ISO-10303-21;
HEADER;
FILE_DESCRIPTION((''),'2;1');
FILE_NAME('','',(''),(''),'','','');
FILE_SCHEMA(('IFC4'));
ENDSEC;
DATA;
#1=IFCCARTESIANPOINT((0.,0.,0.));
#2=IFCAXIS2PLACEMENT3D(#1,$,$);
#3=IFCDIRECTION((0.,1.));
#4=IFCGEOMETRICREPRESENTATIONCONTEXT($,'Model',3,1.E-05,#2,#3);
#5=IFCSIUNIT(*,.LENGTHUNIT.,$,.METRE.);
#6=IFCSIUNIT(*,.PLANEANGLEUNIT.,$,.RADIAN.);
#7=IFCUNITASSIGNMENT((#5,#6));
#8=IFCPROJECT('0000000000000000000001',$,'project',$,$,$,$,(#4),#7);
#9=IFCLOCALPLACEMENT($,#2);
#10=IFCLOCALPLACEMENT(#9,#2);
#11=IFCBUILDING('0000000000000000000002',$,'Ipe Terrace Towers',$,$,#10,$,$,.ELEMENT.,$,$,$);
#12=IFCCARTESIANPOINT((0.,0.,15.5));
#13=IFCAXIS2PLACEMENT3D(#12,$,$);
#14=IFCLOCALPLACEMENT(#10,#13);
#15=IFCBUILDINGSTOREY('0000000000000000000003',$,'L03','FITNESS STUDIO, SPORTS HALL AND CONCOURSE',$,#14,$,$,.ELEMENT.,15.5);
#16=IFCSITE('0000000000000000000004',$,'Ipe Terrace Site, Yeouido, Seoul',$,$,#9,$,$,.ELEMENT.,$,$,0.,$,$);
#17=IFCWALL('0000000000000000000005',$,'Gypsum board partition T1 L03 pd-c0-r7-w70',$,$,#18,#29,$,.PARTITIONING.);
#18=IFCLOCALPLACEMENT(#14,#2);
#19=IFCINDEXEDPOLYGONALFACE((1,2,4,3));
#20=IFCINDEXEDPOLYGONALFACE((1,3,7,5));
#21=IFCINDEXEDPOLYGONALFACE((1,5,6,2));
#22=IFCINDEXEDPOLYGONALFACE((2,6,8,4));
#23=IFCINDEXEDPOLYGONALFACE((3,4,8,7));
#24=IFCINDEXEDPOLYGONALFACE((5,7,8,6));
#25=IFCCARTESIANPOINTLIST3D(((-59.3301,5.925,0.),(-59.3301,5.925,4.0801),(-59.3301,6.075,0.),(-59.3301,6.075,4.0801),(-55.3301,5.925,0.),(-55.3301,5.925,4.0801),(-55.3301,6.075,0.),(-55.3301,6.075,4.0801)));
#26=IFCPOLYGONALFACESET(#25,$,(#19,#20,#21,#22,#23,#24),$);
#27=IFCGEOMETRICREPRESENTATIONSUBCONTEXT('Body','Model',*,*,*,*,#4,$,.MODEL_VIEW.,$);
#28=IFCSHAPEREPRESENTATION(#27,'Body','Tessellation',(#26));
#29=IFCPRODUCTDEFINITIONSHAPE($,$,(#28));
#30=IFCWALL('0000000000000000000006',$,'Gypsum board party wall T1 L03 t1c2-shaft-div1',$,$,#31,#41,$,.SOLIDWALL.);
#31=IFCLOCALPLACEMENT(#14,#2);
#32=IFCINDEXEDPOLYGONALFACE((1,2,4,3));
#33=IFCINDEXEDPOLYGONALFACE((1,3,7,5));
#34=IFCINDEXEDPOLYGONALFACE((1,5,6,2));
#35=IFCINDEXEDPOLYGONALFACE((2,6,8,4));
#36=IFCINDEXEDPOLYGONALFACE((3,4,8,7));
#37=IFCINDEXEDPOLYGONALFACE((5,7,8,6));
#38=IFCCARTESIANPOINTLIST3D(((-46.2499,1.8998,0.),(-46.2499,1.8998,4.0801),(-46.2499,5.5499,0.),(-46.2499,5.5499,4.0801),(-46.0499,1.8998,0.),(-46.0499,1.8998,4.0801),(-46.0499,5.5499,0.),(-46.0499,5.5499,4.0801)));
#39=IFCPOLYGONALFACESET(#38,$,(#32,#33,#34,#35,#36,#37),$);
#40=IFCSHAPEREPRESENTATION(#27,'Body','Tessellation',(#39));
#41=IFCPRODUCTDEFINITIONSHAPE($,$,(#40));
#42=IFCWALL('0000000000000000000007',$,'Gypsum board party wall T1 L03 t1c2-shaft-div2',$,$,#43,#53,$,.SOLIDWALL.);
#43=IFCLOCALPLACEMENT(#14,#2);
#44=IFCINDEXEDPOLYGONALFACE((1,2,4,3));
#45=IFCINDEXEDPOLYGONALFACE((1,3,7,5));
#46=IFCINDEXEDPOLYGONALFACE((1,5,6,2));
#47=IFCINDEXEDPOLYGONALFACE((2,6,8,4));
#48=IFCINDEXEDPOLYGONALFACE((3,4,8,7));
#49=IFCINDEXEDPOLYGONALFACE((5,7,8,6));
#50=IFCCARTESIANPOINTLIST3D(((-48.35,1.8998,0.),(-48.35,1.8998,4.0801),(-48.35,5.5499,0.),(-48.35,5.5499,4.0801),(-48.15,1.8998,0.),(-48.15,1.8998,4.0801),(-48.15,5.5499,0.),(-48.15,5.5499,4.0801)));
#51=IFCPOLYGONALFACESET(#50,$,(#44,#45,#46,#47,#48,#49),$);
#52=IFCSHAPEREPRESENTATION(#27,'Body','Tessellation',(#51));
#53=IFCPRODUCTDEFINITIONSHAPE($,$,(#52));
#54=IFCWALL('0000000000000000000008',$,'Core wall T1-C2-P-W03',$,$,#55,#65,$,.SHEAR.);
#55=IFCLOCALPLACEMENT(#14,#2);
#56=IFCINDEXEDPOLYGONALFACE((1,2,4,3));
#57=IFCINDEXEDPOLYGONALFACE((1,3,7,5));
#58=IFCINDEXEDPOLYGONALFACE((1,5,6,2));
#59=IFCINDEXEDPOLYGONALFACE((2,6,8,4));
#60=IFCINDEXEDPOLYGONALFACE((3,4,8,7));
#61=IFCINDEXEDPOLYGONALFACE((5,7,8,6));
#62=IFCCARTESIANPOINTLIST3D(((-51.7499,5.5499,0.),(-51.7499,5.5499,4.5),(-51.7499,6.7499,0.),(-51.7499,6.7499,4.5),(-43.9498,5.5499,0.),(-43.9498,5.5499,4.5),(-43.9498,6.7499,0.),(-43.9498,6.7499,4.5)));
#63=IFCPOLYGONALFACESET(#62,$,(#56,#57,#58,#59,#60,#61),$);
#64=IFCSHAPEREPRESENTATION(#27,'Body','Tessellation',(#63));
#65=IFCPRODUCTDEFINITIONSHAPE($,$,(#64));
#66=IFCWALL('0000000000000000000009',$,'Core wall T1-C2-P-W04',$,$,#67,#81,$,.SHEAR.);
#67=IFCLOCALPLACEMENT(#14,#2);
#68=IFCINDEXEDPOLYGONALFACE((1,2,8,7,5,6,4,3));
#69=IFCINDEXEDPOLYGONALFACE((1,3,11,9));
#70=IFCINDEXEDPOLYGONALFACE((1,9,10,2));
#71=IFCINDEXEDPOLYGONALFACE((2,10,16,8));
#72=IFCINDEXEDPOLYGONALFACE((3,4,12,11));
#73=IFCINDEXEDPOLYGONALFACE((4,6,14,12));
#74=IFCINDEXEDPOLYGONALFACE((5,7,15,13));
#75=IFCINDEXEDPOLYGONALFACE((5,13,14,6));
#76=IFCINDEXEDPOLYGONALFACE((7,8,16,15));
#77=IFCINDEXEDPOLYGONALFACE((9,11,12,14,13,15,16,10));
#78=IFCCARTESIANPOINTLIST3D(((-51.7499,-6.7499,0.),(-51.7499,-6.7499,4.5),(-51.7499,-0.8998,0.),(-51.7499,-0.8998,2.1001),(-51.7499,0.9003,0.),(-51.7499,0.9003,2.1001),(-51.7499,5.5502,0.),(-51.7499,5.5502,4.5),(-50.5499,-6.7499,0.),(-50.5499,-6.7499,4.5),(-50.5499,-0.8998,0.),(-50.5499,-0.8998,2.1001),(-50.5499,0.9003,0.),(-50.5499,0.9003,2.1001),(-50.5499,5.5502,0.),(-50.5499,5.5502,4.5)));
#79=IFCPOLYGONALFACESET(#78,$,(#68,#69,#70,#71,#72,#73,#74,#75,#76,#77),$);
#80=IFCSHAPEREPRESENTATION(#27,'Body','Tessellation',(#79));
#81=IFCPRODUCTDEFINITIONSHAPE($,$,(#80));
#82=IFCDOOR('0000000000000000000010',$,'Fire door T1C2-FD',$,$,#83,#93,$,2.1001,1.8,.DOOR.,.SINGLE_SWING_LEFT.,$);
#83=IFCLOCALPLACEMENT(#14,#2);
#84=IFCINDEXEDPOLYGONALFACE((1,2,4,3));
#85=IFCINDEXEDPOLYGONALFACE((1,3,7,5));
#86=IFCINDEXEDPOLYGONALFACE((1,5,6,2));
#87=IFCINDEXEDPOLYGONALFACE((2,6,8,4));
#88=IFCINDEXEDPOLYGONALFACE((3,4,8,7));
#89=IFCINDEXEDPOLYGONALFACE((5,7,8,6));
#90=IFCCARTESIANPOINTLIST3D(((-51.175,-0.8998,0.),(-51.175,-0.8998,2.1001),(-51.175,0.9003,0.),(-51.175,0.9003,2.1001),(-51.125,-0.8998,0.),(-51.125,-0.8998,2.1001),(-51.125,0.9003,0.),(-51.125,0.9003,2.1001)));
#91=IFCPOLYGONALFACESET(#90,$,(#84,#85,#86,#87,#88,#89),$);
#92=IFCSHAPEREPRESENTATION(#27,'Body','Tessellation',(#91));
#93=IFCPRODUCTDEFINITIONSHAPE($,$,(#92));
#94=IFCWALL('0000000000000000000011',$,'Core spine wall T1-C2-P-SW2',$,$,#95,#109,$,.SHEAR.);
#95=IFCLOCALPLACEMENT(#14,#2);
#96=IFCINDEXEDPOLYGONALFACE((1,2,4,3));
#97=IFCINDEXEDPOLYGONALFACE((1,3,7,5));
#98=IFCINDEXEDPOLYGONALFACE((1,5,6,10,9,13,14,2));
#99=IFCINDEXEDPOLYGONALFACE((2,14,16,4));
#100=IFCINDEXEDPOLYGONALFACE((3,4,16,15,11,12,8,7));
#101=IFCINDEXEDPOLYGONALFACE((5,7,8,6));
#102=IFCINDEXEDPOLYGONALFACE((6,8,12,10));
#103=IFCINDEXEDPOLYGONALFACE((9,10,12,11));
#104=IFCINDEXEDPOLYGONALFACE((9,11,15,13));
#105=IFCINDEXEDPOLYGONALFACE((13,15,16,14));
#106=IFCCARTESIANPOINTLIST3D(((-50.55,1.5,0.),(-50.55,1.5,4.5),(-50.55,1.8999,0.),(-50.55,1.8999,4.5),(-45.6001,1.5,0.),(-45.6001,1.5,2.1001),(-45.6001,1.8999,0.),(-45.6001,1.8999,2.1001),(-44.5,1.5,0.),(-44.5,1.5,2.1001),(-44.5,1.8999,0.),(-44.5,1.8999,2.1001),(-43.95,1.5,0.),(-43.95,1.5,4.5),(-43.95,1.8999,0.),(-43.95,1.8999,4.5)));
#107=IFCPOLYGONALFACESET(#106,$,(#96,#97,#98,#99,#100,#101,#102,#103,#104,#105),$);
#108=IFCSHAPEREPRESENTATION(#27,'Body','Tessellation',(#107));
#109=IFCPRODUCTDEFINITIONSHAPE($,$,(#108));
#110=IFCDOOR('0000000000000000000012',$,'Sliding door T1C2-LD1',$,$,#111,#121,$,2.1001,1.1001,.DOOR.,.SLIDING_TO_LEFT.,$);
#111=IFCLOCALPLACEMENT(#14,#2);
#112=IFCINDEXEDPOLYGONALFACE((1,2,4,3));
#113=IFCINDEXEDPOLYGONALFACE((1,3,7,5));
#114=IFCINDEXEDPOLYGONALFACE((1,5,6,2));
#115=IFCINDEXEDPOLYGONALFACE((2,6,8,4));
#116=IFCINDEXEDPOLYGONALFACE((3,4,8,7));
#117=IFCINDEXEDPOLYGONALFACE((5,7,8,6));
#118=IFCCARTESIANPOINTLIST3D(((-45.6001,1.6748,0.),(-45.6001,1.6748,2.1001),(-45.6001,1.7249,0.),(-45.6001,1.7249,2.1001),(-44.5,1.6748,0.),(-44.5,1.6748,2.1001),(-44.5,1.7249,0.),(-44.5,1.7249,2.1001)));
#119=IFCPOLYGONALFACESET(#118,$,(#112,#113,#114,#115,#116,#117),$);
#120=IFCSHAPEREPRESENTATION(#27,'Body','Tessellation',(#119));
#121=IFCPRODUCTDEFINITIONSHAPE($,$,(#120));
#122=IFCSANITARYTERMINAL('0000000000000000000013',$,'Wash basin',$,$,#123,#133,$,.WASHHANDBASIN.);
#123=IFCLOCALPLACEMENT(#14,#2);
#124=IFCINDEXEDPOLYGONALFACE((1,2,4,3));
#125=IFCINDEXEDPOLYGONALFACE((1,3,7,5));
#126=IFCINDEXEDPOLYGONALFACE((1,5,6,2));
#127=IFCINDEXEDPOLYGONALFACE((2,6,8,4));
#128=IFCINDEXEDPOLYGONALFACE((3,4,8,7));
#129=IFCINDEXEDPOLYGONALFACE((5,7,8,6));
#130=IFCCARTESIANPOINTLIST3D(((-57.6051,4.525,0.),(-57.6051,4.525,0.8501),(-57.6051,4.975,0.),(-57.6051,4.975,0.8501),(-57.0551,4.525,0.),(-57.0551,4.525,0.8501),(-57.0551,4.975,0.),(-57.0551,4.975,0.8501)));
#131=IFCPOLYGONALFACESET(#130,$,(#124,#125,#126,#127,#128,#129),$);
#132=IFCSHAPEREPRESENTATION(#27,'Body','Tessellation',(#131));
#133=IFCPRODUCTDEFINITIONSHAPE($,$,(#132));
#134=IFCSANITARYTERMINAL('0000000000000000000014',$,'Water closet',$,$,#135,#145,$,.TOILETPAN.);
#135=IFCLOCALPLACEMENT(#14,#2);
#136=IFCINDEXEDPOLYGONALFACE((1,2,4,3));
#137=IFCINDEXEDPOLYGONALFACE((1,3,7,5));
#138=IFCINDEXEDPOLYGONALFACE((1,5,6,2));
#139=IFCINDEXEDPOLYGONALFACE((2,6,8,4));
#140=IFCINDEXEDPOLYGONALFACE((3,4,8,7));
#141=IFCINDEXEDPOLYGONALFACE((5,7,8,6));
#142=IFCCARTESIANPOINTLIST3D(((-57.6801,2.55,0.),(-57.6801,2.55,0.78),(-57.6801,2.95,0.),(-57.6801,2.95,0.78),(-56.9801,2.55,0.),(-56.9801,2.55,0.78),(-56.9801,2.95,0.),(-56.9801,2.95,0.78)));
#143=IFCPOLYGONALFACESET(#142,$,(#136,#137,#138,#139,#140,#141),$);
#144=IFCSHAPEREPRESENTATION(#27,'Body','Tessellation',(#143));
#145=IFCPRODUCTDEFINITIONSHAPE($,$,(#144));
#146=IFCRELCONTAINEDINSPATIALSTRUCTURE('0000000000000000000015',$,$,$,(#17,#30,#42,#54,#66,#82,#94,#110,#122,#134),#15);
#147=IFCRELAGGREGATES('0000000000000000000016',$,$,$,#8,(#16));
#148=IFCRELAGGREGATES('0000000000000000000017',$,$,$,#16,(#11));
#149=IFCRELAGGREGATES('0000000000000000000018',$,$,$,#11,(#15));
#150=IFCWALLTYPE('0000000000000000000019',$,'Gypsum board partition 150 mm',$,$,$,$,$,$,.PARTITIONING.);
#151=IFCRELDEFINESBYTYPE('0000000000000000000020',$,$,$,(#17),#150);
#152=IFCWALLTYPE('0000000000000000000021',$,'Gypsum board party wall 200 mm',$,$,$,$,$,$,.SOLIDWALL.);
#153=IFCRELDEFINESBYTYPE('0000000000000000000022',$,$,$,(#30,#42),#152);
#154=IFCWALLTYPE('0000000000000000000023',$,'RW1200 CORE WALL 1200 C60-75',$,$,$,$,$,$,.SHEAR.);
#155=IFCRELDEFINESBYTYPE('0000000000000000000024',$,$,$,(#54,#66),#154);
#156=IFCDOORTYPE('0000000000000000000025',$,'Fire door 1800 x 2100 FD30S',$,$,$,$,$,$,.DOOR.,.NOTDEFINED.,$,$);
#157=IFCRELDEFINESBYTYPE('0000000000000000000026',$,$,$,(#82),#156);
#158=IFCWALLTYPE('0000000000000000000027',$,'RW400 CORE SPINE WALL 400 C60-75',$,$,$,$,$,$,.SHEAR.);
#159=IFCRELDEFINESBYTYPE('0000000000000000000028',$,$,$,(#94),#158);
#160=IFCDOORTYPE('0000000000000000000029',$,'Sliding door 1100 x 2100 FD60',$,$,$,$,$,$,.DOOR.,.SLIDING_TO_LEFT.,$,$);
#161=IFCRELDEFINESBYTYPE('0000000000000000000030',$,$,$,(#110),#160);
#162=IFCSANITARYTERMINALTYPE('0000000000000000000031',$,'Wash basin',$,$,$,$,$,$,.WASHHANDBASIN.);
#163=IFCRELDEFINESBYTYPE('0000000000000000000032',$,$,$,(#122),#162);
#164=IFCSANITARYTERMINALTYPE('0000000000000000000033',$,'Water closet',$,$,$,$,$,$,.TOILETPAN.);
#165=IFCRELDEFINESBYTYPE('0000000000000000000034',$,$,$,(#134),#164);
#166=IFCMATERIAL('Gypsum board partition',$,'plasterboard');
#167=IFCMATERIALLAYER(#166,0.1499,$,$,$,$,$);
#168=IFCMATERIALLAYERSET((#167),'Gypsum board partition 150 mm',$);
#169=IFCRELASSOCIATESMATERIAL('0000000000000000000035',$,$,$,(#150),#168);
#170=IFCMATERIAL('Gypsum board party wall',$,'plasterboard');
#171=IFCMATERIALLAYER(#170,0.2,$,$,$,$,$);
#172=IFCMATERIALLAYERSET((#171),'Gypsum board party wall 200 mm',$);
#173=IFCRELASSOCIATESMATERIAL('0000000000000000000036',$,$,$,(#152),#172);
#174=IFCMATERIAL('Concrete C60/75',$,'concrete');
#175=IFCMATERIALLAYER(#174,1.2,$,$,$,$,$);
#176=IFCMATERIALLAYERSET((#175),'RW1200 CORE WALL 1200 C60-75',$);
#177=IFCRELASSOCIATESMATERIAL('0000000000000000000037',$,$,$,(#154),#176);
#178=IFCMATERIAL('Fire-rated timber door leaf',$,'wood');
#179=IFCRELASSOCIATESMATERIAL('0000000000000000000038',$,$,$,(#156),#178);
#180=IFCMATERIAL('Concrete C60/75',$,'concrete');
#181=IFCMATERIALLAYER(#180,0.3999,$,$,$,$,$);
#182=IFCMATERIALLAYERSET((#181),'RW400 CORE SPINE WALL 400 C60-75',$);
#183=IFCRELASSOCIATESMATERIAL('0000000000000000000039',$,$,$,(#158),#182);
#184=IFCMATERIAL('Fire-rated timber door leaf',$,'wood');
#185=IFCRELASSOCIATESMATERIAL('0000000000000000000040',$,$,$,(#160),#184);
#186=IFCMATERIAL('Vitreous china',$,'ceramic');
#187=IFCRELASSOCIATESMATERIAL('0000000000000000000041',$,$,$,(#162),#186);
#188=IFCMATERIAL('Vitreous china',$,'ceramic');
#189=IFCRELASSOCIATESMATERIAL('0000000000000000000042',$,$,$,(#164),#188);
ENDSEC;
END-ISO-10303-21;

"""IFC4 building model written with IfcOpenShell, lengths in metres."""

from ifc_helpers import new_model, si_unit, direction, frame, frame_2d, origin, origin_2d, place, context, subcontext, project, spatial, rectangle, extrude, material, layer, layer_set, type_object, element, fill, save


model = new_model("IFC4")

# Units and contexts
model_context = context("Model", 3, precision=1e-05, world=origin(), true_north=direction((0.0, 1.0)))
body_context = subcontext(model_context, "Body", "Model", "MODEL_VIEW")
ifc_project = project(units=[si_unit("LENGTHUNIT", "METRE"), si_unit("PLANEANGLEUNIT", "RADIAN")], contexts=[model_context])

# Site, building, storey
site_placement = place(None, origin())
site = spatial("IfcSite", under=ifc_project, at=site_placement, Name="Ipe Terrace Site, Yeouido, Seoul", CompositionType="ELEMENT", RefElevation=0.0)
building_placement = place(site_placement, origin())
building = spatial("IfcBuilding", under=site, at=building_placement, Name="Ipe Terrace Towers", CompositionType="ELEMENT")
storey_placement = place(building_placement, frame((0.0, 0.0, 15.5)))
storey = spatial("IfcBuildingStorey", under=building, at=storey_placement, Name="L03", Description="FITNESS STUDIO, SPORTS HALL AND CONCOURSE", CompositionType="ELEMENT", Elevation=15.5)

# Shared definitions
ifc_material_1 = material(Name="Gypsum board partition", Category="plasterboard")
ifc_layer_1 = layer(ifc_material_1, 0.1499)
ifc_layer_set_1 = layer_set([ifc_layer_1], Name="Gypsum board partition 150 mm")
wall_type_1 = type_object("IfcWallType", Name="Gypsum board partition 150 mm", PredefinedType="PARTITIONING", material=ifc_layer_set_1)

# Walls
wall_1_placement = place(storey_placement, frame((-55.3301, 6.0, 0.0), z_axis=(0.0, 0.0, 1.0), x_axis=(-1.0, 0.0, 0.0)))
element("IfcWall", 1, at=wall_1_placement, inside=storey, type_object=wall_type_1, Name="Gypsum board partition T1 L03 pd-c0-r7-w70", PredefinedType="PARTITIONING", context=body_context, shape_type="SweptSolid", body=[
    extrude(rectangle(XDim=4.0, YDim=0.1499, at=frame_2d((2.0, 0.0))), origin(), (0.0, 0.0, 1.0), 4.0801),
])
ifc_material_2 = material(Name="Gypsum board party wall", Category="plasterboard")
ifc_layer_2 = layer(ifc_material_2, 0.2)
ifc_layer_set_2 = layer_set([ifc_layer_2], Name="Gypsum board party wall 200 mm")
wall_type_2 = type_object("IfcWallType", Name="Gypsum board party wall 200 mm", PredefinedType="SOLIDWALL", material=ifc_layer_set_2)
for number, where, z_axis, x_axis, name in (
    (2, (-46.1499, 5.55, 0.0), (0.0, 0.0, 1.0), (0.0, -1.0, 0.0), "Gypsum board party wall T1 L03 t1c2-shaft-div1"),
    (3, (-48.25, 5.55, 0.0), (0.0, 0.0, 1.0), (0.0, -1.0, 0.0), "Gypsum board party wall T1 L03 t1c2-shaft-div2"),
):
    element("IfcWall", number, at=place(storey_placement, frame(where, z_axis=z_axis, x_axis=x_axis)), inside=storey, type_object=wall_type_2, Name=name, PredefinedType="SOLIDWALL", context=body_context, shape_type="SweptSolid", body=[
        extrude(rectangle(XDim=3.6501, YDim=0.2, at=frame_2d((1.8252, 0.0))), origin(), (0.0, 0.0, 1.0), 4.0801),
    ])
ifc_material_3 = material(Name="Concrete C60/75", Category="concrete")
ifc_layer_3 = layer(ifc_material_3, 1.2)
ifc_layer_set_3 = layer_set([ifc_layer_3], Name="RW1200 CORE WALL 1200 C60-75")
wall_type_3 = type_object("IfcWallType", Name="RW1200 CORE WALL 1200 C60-75", PredefinedType="SHEAR", material=ifc_layer_set_3)
wall_2_placement = place(storey_placement, frame((-43.95, 6.1499, 0.0), z_axis=(0.0, 0.0, 1.0), x_axis=(-1.0, 0.0, 0.0)))
element("IfcWall", 4, at=wall_2_placement, inside=storey, type_object=wall_type_3, Name="Core wall T1-C2-P-W03", PredefinedType="SHEAR", context=body_context, shape_type="SweptSolid", body=[
    extrude(rectangle(XDim=7.8, YDim=1.2, at=frame_2d((3.8999, 0.0))), origin(), (0.0, 0.0, 1.0), 4.5),
])

# Walls, openings, doors
wall_3_placement = place(storey_placement, frame((-51.1499, 5.55, 0.0), z_axis=(0.0, 0.0, 1.0), x_axis=(0.0, -1.0, 0.0)))
wall_3 = element("IfcWall", 5, at=wall_3_placement, inside=storey, type_object=wall_type_3, Name="Core wall T1-C2-P-W04", PredefinedType="SHEAR", context=body_context, shape_type="SweptSolid", body=[
    extrude(rectangle(XDim=12.3, YDim=1.2, at=frame_2d((6.1499, 0.0))), origin(), (0.0, 0.0, 1.0), 4.5),
])
opening_1_placement = place(wall_3_placement, frame((4.6499, 0.0, 0.0)))
opening_1 = element("IfcOpeningElement", 6, at=opening_1_placement, cuts=wall_3, PredefinedType="OPENING", context=body_context, shape_type="SweptSolid", body=[
    extrude(rectangle(XDim=1.8, YDim=2.1001, at=frame_2d((0.8999, 1.05))), frame((0.0, 0.6099, 0.0), z_axis=(0.0, -1.0, 0.0), x_axis=(1.0, 0.0, 0.0)), (0.0, 0.0, 1.0), 1.22),
])
ifc_material_4 = material(Name="Fire-rated timber door leaf", Category="wood")
door_type_1 = type_object("IfcDoorType", Name="Fire door 1800 x 2100 FD30S", OperationType="NOTDEFINED", PredefinedType="DOOR", material=ifc_material_4)
door_1_placement = place(opening_1_placement, origin())
door_1 = element("IfcDoor", 7, at=door_1_placement, inside=storey, type_object=door_type_1, Name="Fire door T1C2-FD", OperationType="SINGLE_SWING_LEFT", OverallHeight=2.1001, OverallWidth=1.8, PredefinedType="DOOR", context=body_context, shape_type="SweptSolid", body=[
    extrude(rectangle(XDim=1.8, YDim=2.1001, at=frame_2d((0.8999, 1.05))), frame((0.0, 0.0249, 0.0), z_axis=(0.0, -1.0, 0.0), x_axis=(1.0, 0.0, 0.0)), (0.0, 0.0, 1.0), 0.05),
])
fill(opening_1, door_1)
ifc_material_5 = material(Name="Concrete C60/75", Category="concrete")
ifc_layer_4 = layer(ifc_material_5, 0.3999)
ifc_layer_set_4 = layer_set([ifc_layer_4], Name="RW400 CORE SPINE WALL 400 C60-75")
wall_type_4 = type_object("IfcWallType", Name="RW400 CORE SPINE WALL 400 C60-75", PredefinedType="SHEAR", material=ifc_layer_set_4)
wall_4_placement = place(storey_placement, frame((-50.55, 1.7, 0.0), z_axis=(0.0, 0.0, 1.0), x_axis=(1.0, 0.0, 0.0)))
wall_4 = element("IfcWall", 8, at=wall_4_placement, inside=storey, type_object=wall_type_4, Name="Core spine wall T1-C2-P-SW2", PredefinedType="SHEAR", context=body_context, shape_type="SweptSolid", body=[
    extrude(rectangle(XDim=6.6001, YDim=0.3999, at=frame_2d((3.3, 0.0))), origin(), (0.0, 0.0, 1.0), 4.5),
])
opening_2_placement = place(wall_4_placement, frame((4.95, 0.0, 0.0)))
opening_2 = element("IfcOpeningElement", 9, at=opening_2_placement, cuts=wall_4, PredefinedType="OPENING", context=body_context, shape_type="SweptSolid", body=[
    extrude(rectangle(XDim=1.1001, YDim=2.1001, at=frame_2d((0.55, 1.05))), frame((0.0, 0.21, 0.0), z_axis=(0.0, -1.0, 0.0), x_axis=(1.0, 0.0, 0.0)), (0.0, 0.0, 1.0), 0.4199),
])
ifc_material_6 = material(Name="Fire-rated timber door leaf", Category="wood")
door_type_2 = type_object("IfcDoorType", Name="Sliding door 1100 x 2100 FD60", OperationType="SLIDING_TO_LEFT", PredefinedType="DOOR", material=ifc_material_6)
door_2_placement = place(opening_2_placement, origin())
door_2 = element("IfcDoor", 10, at=door_2_placement, inside=storey, type_object=door_type_2, Name="Sliding door T1C2-LD1", OperationType="SLIDING_TO_LEFT", OverallHeight=2.1001, OverallWidth=1.1001, PredefinedType="DOOR", context=body_context, shape_type="SweptSolid", body=[
    extrude(rectangle(XDim=1.1001, YDim=2.1001, at=frame_2d((0.55, 1.05))), frame((0.0, 0.0249, 0.0), z_axis=(0.0, -1.0, 0.0), x_axis=(1.0, 0.0, 0.0)), (0.0, 0.0, 1.0), 0.05),
])
fill(opening_2, door_2)

# Sanitary terminals
ifc_material_7 = material(Name="Vitreous china", Category="ceramic")
sanitary_terminal_type_1 = type_object("IfcSanitaryTerminalType", Name="Wash basin", PredefinedType="WASHHANDBASIN", material=ifc_material_7)
sanitary_terminal_1_placement = place(storey_placement, frame((-57.3301, 4.75, 0.0), z_axis=(0.0, 0.0, 1.0), x_axis=(1.0, 0.0, 0.0)))
element("IfcSanitaryTerminal", 11, at=sanitary_terminal_1_placement, inside=storey, type_object=sanitary_terminal_type_1, Name="Wash basin", PredefinedType="WASHHANDBASIN", context=body_context, shape_type="SweptSolid", body=[
    extrude(rectangle(XDim=0.55, YDim=0.45, at=origin_2d()), origin(), (0.0, 0.0, 1.0), 0.8501),
])
ifc_material_8 = material(Name="Vitreous china", Category="ceramic")
sanitary_terminal_type_2 = type_object("IfcSanitaryTerminalType", Name="Water closet", PredefinedType="TOILETPAN", material=ifc_material_8)
sanitary_terminal_2_placement = place(storey_placement, frame((-57.3301, 2.75, 0.0), z_axis=(0.0, 0.0, 1.0), x_axis=(1.0, 0.0, 0.0)))
element("IfcSanitaryTerminal", 12, at=sanitary_terminal_2_placement, inside=storey, type_object=sanitary_terminal_type_2, Name="Water closet", PredefinedType="TOILETPAN", context=body_context, shape_type="SweptSolid", body=[
    extrude(rectangle(XDim=0.7, YDim=0.3999, at=origin_2d()), origin(), (0.0, 0.0, 1.0), 0.78),
])

save(model, "model.ifc")
